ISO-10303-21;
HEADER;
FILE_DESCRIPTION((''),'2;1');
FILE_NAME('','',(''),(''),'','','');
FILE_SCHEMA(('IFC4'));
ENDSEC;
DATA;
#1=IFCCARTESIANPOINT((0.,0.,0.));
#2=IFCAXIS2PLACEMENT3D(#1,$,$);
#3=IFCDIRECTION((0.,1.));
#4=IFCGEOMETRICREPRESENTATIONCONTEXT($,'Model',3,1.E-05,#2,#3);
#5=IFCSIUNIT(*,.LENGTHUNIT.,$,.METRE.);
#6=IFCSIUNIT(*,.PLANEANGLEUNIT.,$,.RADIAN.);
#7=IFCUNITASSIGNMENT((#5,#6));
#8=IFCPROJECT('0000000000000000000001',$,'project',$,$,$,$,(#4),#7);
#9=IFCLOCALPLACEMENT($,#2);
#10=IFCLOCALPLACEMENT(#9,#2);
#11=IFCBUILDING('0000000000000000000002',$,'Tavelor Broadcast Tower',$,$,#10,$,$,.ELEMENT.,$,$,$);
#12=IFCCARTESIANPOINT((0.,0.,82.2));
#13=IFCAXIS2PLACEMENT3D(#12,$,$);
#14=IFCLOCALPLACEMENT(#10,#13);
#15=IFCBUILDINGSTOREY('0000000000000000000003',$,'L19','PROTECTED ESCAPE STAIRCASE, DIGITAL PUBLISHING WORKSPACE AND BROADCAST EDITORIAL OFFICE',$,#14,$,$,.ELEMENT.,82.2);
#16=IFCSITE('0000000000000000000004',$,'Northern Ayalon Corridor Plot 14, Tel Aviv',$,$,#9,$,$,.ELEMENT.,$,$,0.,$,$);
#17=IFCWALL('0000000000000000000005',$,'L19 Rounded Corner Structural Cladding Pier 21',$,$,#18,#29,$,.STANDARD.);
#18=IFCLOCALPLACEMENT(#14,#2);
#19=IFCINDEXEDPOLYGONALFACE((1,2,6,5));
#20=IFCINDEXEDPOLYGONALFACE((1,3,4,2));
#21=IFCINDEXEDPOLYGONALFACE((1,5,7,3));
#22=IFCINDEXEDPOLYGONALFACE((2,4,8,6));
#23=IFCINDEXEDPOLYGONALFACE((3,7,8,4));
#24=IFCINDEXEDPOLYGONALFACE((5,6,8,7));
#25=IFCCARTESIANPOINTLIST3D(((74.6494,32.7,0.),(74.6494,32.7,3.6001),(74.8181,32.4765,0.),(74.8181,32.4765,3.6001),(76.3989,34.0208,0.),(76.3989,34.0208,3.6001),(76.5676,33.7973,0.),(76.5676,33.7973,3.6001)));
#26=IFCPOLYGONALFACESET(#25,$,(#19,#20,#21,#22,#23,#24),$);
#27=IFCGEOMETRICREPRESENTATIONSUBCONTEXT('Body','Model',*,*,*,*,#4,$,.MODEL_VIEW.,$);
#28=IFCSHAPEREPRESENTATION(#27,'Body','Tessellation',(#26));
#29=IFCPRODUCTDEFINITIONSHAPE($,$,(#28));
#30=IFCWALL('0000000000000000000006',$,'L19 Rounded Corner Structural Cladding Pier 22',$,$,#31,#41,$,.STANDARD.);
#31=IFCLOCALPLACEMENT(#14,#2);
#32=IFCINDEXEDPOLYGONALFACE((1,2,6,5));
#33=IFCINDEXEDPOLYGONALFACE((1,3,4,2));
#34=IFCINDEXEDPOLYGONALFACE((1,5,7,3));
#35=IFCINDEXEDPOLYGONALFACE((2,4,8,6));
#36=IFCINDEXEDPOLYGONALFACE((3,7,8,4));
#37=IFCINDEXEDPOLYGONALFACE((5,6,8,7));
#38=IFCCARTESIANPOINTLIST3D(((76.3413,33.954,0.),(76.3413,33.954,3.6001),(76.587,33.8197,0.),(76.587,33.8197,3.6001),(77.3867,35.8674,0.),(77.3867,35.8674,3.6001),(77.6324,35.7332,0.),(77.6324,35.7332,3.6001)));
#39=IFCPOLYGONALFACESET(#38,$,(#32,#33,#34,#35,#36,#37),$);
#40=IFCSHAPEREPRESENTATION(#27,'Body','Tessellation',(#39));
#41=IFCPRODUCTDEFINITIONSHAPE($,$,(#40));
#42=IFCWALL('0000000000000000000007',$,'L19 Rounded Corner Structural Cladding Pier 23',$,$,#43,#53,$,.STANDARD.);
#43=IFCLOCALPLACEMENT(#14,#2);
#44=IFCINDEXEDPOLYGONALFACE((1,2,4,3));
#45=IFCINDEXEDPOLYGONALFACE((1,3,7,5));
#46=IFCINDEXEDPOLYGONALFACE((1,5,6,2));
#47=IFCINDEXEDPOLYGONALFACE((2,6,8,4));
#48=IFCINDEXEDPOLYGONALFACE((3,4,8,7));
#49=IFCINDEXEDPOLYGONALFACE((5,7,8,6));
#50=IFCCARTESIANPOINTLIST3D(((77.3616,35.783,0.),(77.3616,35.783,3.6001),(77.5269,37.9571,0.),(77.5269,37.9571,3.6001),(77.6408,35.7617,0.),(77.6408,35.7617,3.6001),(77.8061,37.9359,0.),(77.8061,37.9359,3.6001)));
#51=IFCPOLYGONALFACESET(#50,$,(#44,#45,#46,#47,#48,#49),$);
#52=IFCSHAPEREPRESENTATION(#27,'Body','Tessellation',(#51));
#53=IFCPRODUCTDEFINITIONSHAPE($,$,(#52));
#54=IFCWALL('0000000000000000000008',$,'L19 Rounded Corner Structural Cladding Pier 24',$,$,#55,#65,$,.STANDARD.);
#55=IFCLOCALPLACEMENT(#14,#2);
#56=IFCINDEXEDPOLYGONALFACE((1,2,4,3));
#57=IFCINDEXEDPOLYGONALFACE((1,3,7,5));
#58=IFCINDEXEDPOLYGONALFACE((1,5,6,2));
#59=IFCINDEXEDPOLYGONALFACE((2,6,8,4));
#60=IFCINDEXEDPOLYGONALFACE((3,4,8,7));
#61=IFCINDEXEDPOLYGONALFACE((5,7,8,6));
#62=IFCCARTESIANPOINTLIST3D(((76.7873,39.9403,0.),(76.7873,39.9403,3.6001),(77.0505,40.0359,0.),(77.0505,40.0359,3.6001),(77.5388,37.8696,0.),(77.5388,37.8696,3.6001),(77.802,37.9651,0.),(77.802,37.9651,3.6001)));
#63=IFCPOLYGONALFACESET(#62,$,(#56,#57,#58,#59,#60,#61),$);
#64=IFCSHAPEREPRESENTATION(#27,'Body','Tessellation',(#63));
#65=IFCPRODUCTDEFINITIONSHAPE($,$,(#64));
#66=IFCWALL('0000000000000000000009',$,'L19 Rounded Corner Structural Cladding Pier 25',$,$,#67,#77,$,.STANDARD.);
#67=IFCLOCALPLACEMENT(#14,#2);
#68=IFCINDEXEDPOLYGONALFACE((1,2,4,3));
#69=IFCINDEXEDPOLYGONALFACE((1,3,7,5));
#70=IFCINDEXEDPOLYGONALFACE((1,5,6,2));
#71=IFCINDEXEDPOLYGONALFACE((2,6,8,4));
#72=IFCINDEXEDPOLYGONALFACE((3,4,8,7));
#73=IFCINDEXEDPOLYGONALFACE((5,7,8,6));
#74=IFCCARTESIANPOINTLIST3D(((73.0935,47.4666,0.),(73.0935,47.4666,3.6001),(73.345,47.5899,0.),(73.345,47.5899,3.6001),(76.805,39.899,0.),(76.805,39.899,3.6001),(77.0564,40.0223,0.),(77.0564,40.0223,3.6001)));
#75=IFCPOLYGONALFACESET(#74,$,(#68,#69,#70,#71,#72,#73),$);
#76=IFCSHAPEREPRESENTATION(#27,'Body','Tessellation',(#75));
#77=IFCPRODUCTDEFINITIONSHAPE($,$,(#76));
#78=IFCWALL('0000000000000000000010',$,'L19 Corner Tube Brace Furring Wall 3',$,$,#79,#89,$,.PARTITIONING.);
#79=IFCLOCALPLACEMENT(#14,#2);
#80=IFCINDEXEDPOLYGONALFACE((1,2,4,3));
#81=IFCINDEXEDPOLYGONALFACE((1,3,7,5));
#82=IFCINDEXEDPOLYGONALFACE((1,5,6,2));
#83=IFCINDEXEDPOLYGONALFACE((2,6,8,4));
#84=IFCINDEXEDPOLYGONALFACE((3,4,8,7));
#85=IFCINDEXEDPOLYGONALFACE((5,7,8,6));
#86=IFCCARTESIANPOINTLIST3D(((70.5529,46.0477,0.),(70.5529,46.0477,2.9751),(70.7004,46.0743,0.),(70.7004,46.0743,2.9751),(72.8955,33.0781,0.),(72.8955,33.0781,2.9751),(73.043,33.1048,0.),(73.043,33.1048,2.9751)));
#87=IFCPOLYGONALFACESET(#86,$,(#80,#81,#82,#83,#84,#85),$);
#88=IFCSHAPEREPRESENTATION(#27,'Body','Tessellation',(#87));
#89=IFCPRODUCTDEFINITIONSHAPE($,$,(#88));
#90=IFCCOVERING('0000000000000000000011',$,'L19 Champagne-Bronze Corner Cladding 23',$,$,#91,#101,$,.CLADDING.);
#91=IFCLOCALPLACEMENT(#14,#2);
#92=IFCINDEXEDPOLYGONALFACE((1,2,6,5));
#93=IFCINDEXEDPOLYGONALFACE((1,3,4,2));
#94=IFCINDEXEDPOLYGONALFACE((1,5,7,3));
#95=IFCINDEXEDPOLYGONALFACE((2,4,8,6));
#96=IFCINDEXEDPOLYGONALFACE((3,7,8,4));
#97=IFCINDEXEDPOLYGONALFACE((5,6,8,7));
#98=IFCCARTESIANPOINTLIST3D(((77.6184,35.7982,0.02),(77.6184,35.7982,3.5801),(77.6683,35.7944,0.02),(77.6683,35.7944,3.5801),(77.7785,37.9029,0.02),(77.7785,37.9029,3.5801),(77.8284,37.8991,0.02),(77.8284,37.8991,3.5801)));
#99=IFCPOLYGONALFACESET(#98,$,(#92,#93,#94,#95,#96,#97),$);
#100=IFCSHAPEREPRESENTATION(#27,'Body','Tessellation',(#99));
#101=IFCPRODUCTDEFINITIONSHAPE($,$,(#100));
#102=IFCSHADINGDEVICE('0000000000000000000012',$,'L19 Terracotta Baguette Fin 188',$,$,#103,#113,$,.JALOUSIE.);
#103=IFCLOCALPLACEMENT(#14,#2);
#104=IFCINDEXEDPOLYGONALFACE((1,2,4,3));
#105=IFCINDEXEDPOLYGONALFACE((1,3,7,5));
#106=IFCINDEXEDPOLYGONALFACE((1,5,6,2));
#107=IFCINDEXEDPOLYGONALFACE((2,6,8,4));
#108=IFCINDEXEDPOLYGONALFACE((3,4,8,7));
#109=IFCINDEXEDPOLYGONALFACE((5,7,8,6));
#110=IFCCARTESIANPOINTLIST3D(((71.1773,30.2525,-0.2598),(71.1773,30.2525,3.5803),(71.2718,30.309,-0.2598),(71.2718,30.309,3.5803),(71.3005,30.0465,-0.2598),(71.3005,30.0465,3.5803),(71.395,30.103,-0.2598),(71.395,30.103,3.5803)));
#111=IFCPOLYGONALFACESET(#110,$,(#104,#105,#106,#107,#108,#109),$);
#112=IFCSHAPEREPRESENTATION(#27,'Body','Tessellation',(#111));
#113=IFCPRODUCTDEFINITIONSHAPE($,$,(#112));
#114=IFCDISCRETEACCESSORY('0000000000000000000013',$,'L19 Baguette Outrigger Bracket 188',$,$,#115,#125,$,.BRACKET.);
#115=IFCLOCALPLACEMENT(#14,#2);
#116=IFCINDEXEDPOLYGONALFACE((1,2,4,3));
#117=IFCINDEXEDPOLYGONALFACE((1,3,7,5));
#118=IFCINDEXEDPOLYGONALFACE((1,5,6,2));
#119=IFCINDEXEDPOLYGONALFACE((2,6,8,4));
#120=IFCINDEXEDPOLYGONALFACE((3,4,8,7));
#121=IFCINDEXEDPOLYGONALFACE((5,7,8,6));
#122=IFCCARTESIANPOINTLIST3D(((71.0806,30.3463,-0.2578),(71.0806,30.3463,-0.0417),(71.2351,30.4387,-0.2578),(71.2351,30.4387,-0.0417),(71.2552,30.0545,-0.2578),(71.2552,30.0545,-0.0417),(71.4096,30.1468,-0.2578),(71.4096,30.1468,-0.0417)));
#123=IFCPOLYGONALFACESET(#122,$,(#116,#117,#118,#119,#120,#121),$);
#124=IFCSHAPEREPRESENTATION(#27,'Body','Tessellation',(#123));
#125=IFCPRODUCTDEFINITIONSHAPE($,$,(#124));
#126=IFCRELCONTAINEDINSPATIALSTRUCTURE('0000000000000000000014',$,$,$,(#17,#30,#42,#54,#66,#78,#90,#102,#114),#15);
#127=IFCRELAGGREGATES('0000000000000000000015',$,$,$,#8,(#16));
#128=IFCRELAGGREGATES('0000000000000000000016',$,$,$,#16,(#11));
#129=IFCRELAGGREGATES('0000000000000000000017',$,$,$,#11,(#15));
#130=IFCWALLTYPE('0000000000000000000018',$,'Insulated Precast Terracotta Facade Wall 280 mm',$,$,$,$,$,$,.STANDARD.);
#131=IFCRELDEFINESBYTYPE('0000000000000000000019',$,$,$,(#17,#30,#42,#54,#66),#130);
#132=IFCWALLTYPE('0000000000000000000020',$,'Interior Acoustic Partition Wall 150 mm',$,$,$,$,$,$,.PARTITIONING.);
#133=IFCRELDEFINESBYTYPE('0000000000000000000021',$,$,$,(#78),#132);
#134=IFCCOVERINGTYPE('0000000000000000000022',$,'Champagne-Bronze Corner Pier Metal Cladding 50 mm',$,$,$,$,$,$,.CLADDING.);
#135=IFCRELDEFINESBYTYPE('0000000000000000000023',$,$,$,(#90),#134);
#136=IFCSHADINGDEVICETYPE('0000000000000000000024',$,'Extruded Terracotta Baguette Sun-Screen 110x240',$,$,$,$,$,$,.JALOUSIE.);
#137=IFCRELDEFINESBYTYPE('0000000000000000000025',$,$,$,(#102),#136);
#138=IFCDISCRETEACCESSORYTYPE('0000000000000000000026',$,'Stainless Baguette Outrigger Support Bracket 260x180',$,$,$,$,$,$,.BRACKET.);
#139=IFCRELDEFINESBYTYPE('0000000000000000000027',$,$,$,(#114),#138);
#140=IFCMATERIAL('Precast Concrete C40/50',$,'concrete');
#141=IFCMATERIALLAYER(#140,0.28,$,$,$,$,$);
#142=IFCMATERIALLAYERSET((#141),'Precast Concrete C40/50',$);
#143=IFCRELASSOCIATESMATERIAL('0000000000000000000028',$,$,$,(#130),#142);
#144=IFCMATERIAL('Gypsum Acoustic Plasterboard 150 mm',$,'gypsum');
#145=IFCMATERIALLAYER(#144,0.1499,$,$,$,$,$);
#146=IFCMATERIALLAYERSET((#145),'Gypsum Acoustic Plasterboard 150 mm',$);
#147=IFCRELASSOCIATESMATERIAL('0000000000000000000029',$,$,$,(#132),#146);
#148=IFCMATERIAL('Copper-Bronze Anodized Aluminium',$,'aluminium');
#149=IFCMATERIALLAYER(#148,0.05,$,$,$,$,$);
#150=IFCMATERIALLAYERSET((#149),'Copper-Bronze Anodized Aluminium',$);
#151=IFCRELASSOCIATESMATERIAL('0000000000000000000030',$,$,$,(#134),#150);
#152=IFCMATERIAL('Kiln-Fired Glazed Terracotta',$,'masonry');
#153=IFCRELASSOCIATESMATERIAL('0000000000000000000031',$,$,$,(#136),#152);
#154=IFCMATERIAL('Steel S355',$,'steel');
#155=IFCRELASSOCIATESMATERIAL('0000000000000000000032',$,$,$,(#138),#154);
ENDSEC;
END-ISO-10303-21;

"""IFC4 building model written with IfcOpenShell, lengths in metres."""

from ifc_helpers import new_model, si_unit, direction, frame, frame_2d, origin, origin_2d, place, context, subcontext, project, spatial, rectangle, extrude, source, transform, mapped, material, layer, layer_set, type_object, type_shapes, element, save


model = new_model("IFC4")

# Units and contexts
model_context = context("Model", 3, precision=1e-05, world=origin(), true_north=direction((0.0, 1.0)))
body_context = subcontext(model_context, "Body", "Model", "MODEL_VIEW")
ifc_project = project(units=[si_unit("LENGTHUNIT", "METRE"), si_unit("PLANEANGLEUNIT", "RADIAN")], contexts=[model_context])

# Site, building, storey
site_placement = place(None, origin())
site = spatial("IfcSite", under=ifc_project, at=site_placement, Name="Northern Ayalon Corridor Plot 14, Tel Aviv", CompositionType="ELEMENT", RefElevation=0.0)
building_placement = place(site_placement, origin())
building = spatial("IfcBuilding", under=site, at=building_placement, Name="Tavelor Broadcast Tower", CompositionType="ELEMENT")
storey_placement = place(building_placement, frame((0.0, 0.0, 82.2)))
storey = spatial("IfcBuildingStorey", under=building, at=storey_placement, Name="L19", Description="PROTECTED ESCAPE STAIRCASE, DIGITAL PUBLISHING WORKSPACE AND BROADCAST EDITORIAL OFFICE", CompositionType="ELEMENT", Elevation=82.2)

# Shared definitions
ifc_material_1 = material(Name="Steel S355", Category="steel")

# Walls
ifc_material_2 = material(Name="Precast Concrete C40/50", Category="concrete")
ifc_layer_1 = layer(ifc_material_2, 0.28)
ifc_layer_set_1 = layer_set([ifc_layer_1], Name="Precast Concrete C40/50")
wall_type_1 = type_object("IfcWallType", Name="Insulated Precast Terracotta Facade Wall 280 mm", PredefinedType="STANDARD", material=ifc_layer_set_1)
wall_1_placement = place(storey_placement, frame((74.7336, 32.5881, 0.0), z_axis=(0.0, 0.0, 1.0), x_axis=(0.798098, 0.602527, 0.0)))
element("IfcWall", 1, at=wall_1_placement, inside=storey, type_object=wall_type_1, Name="L19 Rounded Corner Structural Cladding Pier 21", PredefinedType="STANDARD", context=body_context, shape_type="SweptSolid", body=[
    extrude(rectangle(XDim=2.1921, YDim=0.28, at=frame_2d((1.0962, 0.0))), origin(), (0.0, 0.0, 1.0), 3.6001),
])
for number, where, z_axis, x_axis, name in (
    (2, (76.4641, 33.8867, 0.0), (0.0, 0.0, 1.0), (0.479433, 0.877579, 0.0), "L19 Rounded Corner Structural Cladding Pier 22"),
    (3, (77.5012, 35.7722, 0.0), (0.0, 0.0, 1.0), (0.075806, 0.997123, 0.0), "L19 Rounded Corner Structural Cladding Pier 23"),
):
    element("IfcWall", number, at=place(storey_placement, frame(where, z_axis=z_axis, x_axis=x_axis)), inside=storey, type_object=wall_type_1, Name=name, PredefinedType="STANDARD", context=body_context, shape_type="SweptSolid", body=[
        extrude(rectangle(XDim=2.1804, YDim=0.28, at=frame_2d((1.0903, 0.0))), origin(), (0.0, 0.0, 1.0), 3.6001),
    ])
wall_2_placement = place(storey_placement, frame((77.6704, 37.9172, 0.0), z_axis=(0.0, 0.0, 1.0), x_axis=(-0.34112, 0.94002, 0.0)))
element("IfcWall", 4, at=wall_2_placement, inside=storey, type_object=wall_type_1, Name="L19 Rounded Corner Structural Cladding Pier 24", PredefinedType="STANDARD", context=body_context, shape_type="SweptSolid", body=[
    extrude(rectangle(XDim=2.2029, YDim=0.28, at=frame_2d((1.1016, 0.0))), origin(), (0.0, 0.0, 1.0), 3.6001),
])
wall_3_placement = place(storey_placement, frame((76.9307, 39.9607, 0.0), z_axis=(0.0, 0.0, 1.0), x_axis=(-0.44033, 0.897836, 0.0)))
element("IfcWall", 5, at=wall_3_placement, inside=storey, type_object=wall_type_1, Name="L19 Rounded Corner Structural Cladding Pier 25", PredefinedType="STANDARD", context=body_context, shape_type="SweptSolid", body=[
    extrude(rectangle(XDim=8.4287, YDim=0.28, at=frame_2d((4.2144, 0.0))), origin(), (0.0, 0.0, 1.0), 3.6001),
])
ifc_material_3 = material(Name="Gypsum Acoustic Plasterboard 150 mm", Category="gypsum")
ifc_layer_2 = layer(ifc_material_3, 0.1499)
ifc_layer_set_2 = layer_set([ifc_layer_2], Name="Gypsum Acoustic Plasterboard 150 mm")
wall_type_2 = type_object("IfcWallType", Name="Interior Acoustic Partition Wall 150 mm", PredefinedType="PARTITIONING", material=ifc_layer_set_2)
wall_4_placement = place(storey_placement, frame((72.9692, 33.0913, 0.0), z_axis=(0.0, 0.0, 1.0), x_axis=(-0.177743, 0.984077, 0.0)))
element("IfcWall", 6, at=wall_4_placement, inside=storey, type_object=wall_type_2, Name="L19 Corner Tube Brace Furring Wall 3", PredefinedType="PARTITIONING", context=body_context, shape_type="SweptSolid", body=[
    extrude(rectangle(XDim=13.1794, YDim=0.1499, at=frame_2d((6.5898, 0.0))), origin(), (0.0, 0.0, 1.0), 2.9751),
])

# Covering
ifc_material_4 = material(Name="Copper-Bronze Anodized Aluminium", Category="aluminium")
ifc_layer_3 = layer(ifc_material_4, 0.05)
ifc_layer_set_3 = layer_set([ifc_layer_3], Name="Copper-Bronze Anodized Aluminium")
covering_type = type_object("IfcCoveringType", Name="Champagne-Bronze Corner Pier Metal Cladding 50 mm", PredefinedType="CLADDING", material=ifc_layer_set_3)
covering_placement = place(storey_placement, frame((77.7234, 36.8486, 0.02), z_axis=(0.0, 0.0, 1.0), x_axis=(0.075849, 0.997119, 0.0)))
element("IfcCovering", 7, at=covering_placement, inside=storey, type_object=covering_type, Name="L19 Champagne-Bronze Corner Cladding 23", PredefinedType="CLADDING", context=body_context, shape_type="SweptSolid", body=[
    extrude(rectangle(XDim=2.1108, YDim=0.05, at=origin_2d()), origin(), (0.0, 0.0, 1.0), 3.5601),
])

# Shading device
ifc_material_5 = material(Name="Kiln-Fired Glazed Terracotta", Category="masonry")
shading_device_type = type_object("IfcShadingDeviceType", Name="Extruded Terracotta Baguette Sun-Screen 110x240", PredefinedType="JALOUSIE", material=ifc_material_5)
shared_shape_1 = source(origin(), body_context, "Body", "SweptSolid", [
    extrude(rectangle(XDim=0.1101, YDim=0.24, at=origin_2d()), origin(), (0.0, 0.0, 1.0), 3.8401),
])
type_shapes(shading_device_type, [shared_shape_1])
shading_device_placement = place(storey_placement, frame((71.2861, 30.1777, -0.2598), z_axis=(0.0, 0.0, 1.0), x_axis=(0.858244, 0.513242, 0.0)))
element("IfcShadingDevice", 8, at=shading_device_placement, inside=storey, type_object=shading_device_type, Name="L19 Terracotta Baguette Fin 188", PredefinedType="JALOUSIE", context=body_context, shape_type="MappedRepresentation", body=[
    mapped(shared_shape_1, transform((0.0, 0.0, 0.0), scale=1.0)),
])

# Discrete accessory
discrete_accessory_type = type_object("IfcDiscreteAccessoryType", Name="Stainless Baguette Outrigger Support Bracket 260x180", PredefinedType="BRACKET", material=ifc_material_1)
shared_shape_2 = source(origin(), body_context, "Body", "SweptSolid", [
    extrude(rectangle(XDim=0.1799, YDim=0.3401, at=origin_2d()), origin(), (0.0, 0.0, 1.0), 0.2161),
])
type_shapes(discrete_accessory_type, [shared_shape_2])
discrete_accessory_placement = place(storey_placement, frame((71.2451, 30.2466, -0.2578), z_axis=(0.0, 0.0, 1.0), x_axis=(0.858244, 0.513242, 0.0)))
element("IfcDiscreteAccessory", 9, at=discrete_accessory_placement, inside=storey, type_object=discrete_accessory_type, Name="L19 Baguette Outrigger Bracket 188", PredefinedType="BRACKET", context=body_context, shape_type="MappedRepresentation", body=[
    mapped(shared_shape_2, transform((0.0, 0.0, 0.0), scale=1.0)),
])

save(model, "model.ifc")
